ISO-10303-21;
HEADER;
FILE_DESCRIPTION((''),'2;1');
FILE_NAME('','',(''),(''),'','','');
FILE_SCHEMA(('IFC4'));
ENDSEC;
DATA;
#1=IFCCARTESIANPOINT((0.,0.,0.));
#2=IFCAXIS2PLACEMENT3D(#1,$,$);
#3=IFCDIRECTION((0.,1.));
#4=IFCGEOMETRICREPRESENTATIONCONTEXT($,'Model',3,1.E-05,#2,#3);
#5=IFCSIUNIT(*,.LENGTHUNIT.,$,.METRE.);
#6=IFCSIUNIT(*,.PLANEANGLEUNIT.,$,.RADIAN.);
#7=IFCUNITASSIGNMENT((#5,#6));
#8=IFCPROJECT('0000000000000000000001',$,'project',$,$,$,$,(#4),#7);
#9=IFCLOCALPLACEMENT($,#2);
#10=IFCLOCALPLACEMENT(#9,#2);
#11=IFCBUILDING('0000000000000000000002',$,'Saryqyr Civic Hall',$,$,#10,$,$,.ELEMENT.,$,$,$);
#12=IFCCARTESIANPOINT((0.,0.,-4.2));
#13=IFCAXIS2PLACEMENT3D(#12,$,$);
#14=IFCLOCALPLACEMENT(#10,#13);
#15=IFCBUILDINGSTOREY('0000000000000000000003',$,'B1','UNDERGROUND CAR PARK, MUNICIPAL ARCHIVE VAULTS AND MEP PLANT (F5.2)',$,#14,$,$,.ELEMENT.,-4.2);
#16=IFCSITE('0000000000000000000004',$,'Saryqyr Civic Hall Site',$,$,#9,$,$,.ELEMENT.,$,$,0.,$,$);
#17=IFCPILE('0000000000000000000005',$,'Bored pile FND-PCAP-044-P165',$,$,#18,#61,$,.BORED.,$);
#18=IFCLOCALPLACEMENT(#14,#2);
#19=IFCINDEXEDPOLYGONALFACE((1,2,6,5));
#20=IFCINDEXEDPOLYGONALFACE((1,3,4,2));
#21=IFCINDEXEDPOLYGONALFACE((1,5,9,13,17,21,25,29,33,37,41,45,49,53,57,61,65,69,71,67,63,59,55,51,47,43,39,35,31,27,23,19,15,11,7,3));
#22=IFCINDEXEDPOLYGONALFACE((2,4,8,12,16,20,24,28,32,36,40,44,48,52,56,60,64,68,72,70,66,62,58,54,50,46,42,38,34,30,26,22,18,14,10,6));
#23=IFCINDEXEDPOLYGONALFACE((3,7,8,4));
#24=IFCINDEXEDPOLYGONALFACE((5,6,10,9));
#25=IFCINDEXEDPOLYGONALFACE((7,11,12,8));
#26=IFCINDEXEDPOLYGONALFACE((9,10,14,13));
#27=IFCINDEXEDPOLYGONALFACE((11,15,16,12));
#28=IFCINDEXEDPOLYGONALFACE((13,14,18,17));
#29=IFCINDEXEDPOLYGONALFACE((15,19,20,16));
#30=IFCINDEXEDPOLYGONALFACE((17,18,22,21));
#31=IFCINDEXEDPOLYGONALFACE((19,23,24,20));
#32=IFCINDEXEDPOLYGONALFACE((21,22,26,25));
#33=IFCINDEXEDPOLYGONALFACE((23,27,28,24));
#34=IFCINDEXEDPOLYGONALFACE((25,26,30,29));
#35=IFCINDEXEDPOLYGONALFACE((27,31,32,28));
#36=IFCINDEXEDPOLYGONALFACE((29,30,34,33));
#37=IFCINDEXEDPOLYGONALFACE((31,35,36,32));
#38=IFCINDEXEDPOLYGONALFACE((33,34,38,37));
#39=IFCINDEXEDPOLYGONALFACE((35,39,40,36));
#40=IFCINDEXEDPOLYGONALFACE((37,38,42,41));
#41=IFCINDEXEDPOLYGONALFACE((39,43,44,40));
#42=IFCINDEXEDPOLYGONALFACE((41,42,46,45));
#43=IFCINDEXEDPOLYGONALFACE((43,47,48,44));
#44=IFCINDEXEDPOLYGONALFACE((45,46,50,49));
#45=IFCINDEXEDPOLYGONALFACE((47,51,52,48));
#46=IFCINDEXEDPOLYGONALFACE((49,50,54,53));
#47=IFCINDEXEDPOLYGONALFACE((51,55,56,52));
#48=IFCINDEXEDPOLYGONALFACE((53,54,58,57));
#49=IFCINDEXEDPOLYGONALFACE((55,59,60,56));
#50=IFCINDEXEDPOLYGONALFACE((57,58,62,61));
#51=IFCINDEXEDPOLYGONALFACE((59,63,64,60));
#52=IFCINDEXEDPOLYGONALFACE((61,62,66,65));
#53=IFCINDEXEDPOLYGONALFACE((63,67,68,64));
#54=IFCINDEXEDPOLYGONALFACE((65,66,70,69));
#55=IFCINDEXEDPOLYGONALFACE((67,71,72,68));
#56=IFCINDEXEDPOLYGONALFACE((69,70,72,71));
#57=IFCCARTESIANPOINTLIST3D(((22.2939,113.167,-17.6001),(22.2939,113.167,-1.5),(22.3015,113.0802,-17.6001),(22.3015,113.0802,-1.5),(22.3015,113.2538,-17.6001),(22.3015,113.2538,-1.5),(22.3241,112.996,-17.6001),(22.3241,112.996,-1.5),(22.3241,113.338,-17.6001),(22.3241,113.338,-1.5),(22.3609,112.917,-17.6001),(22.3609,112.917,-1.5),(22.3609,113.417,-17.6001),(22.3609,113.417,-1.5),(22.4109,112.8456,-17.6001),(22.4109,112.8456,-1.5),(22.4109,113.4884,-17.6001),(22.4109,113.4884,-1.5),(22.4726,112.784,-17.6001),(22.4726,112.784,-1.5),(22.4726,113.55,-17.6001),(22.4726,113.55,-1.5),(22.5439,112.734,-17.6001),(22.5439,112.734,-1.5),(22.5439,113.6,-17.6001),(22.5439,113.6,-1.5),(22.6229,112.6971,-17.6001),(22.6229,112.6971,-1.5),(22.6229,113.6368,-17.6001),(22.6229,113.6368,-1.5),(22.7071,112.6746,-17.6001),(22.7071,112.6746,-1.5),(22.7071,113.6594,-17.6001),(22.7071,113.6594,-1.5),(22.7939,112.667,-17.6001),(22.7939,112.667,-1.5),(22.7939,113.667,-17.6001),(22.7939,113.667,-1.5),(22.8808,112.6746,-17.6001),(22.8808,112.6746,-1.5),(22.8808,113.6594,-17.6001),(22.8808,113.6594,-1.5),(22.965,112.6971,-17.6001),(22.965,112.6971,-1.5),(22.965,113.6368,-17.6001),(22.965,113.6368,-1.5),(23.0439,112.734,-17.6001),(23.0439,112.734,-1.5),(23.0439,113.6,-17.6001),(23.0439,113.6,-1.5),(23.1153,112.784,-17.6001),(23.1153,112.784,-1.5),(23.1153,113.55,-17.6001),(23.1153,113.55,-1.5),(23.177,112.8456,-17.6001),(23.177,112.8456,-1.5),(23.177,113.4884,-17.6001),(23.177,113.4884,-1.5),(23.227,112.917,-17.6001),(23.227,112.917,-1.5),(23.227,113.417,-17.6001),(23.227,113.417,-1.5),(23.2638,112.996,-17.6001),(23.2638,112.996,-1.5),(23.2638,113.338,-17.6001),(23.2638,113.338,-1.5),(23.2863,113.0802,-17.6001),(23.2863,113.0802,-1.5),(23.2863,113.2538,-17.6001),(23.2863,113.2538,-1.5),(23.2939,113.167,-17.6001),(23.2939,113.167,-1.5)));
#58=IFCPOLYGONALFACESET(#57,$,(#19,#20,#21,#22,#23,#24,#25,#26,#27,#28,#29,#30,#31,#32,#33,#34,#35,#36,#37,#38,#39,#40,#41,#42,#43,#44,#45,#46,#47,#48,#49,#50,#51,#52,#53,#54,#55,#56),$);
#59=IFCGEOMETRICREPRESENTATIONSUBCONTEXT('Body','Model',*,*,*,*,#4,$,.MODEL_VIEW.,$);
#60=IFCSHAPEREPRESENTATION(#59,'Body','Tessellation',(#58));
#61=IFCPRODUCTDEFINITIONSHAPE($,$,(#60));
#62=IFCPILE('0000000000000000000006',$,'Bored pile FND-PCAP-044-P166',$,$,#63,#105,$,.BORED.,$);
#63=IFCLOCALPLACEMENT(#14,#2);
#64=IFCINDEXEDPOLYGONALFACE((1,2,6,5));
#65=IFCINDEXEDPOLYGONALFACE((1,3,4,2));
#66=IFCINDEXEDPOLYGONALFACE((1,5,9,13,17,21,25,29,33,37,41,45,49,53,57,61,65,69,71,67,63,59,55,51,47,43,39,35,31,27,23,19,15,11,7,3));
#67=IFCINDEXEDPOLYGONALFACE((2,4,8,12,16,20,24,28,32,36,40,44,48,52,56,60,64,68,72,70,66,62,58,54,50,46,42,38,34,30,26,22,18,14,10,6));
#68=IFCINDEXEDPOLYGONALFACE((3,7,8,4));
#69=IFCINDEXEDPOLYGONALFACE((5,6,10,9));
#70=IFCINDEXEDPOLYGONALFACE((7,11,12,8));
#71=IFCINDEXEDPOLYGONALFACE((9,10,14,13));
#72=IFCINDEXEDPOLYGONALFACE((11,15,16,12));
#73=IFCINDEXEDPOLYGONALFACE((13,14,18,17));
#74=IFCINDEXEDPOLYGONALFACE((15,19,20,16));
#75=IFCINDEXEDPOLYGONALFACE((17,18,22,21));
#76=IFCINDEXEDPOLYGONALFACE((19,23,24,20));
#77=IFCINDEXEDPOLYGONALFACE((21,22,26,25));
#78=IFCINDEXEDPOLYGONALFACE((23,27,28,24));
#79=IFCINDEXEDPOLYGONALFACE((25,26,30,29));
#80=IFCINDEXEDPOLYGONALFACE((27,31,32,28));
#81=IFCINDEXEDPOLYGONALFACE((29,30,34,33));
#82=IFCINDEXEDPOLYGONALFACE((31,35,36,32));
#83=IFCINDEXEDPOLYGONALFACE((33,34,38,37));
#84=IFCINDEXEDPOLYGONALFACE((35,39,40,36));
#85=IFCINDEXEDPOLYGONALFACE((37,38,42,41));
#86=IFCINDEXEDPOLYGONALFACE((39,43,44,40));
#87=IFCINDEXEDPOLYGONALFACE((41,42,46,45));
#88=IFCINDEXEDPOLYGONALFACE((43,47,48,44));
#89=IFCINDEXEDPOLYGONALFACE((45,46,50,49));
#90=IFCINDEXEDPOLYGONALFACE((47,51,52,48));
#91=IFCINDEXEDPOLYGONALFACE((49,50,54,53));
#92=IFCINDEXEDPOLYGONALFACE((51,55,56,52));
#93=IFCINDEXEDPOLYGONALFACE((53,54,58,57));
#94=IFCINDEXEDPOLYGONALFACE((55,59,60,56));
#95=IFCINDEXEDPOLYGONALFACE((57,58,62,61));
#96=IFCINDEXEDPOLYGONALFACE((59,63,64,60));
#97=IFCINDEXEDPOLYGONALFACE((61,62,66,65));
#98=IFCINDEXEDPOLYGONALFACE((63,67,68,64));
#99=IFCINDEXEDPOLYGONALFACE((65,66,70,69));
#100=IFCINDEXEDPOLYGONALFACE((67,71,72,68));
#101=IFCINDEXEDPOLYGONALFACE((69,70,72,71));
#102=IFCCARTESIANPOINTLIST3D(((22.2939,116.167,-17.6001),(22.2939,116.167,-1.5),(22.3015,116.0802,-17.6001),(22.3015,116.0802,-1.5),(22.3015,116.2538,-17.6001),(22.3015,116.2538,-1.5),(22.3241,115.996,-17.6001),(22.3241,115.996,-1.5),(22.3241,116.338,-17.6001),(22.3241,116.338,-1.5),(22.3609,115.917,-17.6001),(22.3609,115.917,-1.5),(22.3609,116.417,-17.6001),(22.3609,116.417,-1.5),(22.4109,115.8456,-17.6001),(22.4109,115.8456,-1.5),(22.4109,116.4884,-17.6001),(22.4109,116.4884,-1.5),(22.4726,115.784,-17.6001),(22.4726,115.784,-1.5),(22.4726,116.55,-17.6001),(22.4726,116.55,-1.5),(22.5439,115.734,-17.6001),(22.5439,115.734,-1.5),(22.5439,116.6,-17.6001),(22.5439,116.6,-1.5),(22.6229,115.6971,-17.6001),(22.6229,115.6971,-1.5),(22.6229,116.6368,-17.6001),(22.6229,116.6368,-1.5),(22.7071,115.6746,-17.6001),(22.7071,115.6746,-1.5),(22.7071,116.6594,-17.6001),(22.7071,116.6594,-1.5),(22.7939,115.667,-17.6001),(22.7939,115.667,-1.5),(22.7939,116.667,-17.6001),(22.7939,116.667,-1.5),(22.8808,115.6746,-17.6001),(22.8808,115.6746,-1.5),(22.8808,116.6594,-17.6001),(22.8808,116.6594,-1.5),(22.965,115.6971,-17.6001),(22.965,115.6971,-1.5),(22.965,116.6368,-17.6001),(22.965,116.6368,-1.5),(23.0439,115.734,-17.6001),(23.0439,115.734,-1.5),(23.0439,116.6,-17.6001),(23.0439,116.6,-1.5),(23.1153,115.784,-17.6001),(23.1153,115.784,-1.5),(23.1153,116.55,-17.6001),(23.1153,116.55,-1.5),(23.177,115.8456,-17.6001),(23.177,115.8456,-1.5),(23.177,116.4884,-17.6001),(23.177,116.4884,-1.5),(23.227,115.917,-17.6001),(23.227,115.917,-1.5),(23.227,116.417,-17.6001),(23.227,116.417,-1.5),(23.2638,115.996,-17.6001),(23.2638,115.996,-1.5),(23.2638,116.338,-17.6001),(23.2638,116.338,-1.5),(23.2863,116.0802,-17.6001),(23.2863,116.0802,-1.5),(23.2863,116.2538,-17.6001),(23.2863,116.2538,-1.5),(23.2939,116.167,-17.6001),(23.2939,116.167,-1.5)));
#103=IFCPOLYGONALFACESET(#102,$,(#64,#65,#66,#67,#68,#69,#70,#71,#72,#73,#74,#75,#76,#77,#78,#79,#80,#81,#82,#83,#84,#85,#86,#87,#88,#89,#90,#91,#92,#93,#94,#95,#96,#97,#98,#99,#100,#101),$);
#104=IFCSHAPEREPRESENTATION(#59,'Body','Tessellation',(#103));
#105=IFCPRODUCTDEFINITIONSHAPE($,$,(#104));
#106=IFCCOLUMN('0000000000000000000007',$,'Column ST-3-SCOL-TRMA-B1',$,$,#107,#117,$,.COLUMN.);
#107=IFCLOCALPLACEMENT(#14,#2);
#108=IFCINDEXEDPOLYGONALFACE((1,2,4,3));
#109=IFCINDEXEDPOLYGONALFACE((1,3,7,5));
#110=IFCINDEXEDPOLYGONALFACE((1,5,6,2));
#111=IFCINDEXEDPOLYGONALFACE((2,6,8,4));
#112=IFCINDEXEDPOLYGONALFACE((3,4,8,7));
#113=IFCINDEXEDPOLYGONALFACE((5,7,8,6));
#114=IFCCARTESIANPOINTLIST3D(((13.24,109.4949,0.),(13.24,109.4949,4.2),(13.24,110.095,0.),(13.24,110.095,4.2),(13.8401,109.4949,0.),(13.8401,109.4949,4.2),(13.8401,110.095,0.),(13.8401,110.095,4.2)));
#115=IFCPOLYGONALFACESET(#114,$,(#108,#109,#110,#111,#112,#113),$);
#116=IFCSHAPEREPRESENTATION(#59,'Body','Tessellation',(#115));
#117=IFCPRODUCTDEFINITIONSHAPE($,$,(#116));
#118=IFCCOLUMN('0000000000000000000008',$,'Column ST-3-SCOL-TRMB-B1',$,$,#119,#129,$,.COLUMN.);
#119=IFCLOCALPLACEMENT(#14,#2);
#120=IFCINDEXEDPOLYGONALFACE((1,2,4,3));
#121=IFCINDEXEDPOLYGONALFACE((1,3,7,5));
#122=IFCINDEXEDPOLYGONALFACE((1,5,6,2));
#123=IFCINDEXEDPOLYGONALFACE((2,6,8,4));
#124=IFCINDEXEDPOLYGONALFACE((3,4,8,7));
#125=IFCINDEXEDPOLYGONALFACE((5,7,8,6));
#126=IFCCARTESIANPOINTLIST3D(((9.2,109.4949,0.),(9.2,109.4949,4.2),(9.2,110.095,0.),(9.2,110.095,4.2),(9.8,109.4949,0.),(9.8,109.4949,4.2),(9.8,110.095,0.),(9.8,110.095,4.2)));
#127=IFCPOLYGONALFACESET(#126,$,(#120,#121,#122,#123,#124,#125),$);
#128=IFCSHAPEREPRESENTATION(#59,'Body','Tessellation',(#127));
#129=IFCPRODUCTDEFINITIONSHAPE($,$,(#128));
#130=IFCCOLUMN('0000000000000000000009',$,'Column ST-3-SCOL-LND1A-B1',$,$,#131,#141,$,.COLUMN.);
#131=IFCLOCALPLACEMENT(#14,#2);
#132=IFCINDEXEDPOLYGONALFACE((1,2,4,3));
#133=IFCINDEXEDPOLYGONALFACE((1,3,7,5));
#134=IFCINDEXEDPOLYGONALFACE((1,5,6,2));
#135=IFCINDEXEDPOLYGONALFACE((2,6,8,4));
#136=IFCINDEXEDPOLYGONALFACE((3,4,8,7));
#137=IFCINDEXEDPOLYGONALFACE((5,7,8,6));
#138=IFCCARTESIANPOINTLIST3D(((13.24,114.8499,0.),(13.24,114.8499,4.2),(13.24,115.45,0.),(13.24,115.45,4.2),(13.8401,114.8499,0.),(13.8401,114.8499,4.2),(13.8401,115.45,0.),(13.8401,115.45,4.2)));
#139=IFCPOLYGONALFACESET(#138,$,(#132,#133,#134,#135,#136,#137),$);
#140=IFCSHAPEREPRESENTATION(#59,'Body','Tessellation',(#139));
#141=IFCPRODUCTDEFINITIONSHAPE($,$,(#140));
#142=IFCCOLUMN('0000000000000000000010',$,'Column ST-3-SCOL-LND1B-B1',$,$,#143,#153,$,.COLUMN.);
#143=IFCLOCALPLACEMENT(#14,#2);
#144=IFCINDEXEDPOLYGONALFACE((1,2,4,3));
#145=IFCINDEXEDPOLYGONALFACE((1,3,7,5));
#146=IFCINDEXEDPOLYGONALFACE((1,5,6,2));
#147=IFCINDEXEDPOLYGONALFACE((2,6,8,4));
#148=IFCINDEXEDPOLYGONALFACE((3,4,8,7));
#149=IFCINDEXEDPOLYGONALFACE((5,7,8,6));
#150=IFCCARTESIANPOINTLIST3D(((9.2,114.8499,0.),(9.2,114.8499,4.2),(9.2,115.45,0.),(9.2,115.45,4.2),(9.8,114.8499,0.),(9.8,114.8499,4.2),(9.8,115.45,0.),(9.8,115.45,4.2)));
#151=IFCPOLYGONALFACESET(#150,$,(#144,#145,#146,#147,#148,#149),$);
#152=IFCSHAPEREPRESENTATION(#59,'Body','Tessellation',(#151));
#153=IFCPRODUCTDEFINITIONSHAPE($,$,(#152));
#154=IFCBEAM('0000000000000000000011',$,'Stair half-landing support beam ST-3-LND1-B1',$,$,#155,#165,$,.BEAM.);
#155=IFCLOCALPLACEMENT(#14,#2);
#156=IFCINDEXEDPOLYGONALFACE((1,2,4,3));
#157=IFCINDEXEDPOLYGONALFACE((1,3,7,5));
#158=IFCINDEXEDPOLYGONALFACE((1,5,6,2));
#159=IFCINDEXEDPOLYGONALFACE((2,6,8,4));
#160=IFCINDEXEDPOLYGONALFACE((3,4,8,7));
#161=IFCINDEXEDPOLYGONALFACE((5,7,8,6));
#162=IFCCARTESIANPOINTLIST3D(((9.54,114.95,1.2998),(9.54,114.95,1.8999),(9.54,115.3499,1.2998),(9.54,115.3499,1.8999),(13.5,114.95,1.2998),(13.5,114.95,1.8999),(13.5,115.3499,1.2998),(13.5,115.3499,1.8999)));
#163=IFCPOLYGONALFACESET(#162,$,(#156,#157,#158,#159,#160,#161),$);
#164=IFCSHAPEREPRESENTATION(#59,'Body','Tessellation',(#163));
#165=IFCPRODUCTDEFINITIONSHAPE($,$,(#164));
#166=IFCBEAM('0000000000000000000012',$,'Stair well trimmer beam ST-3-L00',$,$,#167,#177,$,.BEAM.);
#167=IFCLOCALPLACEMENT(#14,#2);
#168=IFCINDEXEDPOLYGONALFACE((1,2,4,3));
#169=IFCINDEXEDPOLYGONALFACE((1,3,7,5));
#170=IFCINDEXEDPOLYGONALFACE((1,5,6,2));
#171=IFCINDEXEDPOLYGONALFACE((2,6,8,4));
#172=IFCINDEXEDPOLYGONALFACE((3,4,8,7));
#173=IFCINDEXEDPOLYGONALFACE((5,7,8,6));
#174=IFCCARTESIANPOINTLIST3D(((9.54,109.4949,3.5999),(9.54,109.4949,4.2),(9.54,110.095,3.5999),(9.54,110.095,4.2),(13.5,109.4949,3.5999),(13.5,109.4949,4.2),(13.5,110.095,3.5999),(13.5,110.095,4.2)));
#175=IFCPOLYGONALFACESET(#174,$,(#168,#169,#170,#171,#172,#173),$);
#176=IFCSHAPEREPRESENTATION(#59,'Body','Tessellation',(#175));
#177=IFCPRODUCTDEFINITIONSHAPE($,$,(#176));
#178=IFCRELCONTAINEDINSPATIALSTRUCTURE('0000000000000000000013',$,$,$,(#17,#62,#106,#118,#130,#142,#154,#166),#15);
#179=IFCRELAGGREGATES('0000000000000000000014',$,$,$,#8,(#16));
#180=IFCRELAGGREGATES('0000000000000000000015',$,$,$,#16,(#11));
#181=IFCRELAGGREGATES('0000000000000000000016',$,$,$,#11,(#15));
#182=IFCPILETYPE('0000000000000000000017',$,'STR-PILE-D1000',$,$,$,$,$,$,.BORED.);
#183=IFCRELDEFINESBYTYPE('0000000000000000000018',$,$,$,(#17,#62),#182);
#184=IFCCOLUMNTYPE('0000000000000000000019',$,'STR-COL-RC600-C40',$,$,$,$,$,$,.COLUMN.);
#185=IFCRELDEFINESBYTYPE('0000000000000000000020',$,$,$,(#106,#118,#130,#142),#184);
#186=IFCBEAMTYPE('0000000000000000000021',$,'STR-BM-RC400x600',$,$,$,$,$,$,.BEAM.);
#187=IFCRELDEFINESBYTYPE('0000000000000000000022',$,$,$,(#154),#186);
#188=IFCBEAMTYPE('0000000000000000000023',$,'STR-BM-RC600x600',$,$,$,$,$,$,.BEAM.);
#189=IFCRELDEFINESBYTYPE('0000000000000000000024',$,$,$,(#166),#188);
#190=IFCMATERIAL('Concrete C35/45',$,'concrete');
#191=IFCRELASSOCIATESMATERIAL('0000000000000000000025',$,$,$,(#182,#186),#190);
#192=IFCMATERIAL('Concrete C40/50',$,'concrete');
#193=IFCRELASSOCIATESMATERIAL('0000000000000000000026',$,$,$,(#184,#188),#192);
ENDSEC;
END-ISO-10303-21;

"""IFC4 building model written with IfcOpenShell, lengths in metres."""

from ifc_helpers import new_model, si_unit, direction, frame, origin, origin_2d, place, context, subcontext, project, spatial, rectangle, circle, extrude, material, material_profile, profile_set, type_object, element, save


model = new_model("IFC4")

# Units and contexts
model_context = context("Model", 3, precision=1e-05, world=origin(), true_north=direction((0.0, 1.0)))
body_context = subcontext(model_context, "Body", "Model", "MODEL_VIEW")
ifc_project = project(units=[si_unit("LENGTHUNIT", "METRE"), si_unit("PLANEANGLEUNIT", "RADIAN")], contexts=[model_context])

# Site, building, storey
site_placement = place(None, origin())
site = spatial("IfcSite", under=ifc_project, at=site_placement, Name="Saryqyr Civic Hall Site", CompositionType="ELEMENT", RefElevation=0.0)
building_placement = place(site_placement, origin())
building = spatial("IfcBuilding", under=site, at=building_placement, Name="Saryqyr Civic Hall", CompositionType="ELEMENT")
storey_placement = place(building_placement, frame((0.0, 0.0, -4.2)))
storey = spatial("IfcBuildingStorey", under=building, at=storey_placement, Name="B1", Description="UNDERGROUND CAR PARK, MUNICIPAL ARCHIVE VAULTS AND MEP PLANT (F5.2)", CompositionType="ELEMENT", Elevation=-4.2)

# Piles
ifc_material_1 = material(Name="Concrete C35/45", Category="concrete")
ifc_material_profile_1 = material_profile(ifc_material_1, circle(Radius=0.5, at=origin_2d()), Name="BORED PILE D1000")
ifc_profile_set_1 = profile_set([ifc_material_profile_1], Name="Concrete C35/45")
pile_type = type_object("IfcPileType", Name="STR-PILE-D1000", PredefinedType="BORED", material=ifc_profile_set_1)
for number, where, z_axis, x_axis, name in (
    (1, (22.7939, 113.167, -1.5), (0.0, 0.0, -1.0), (1.0, 0.0, 0.0), "Bored pile FND-PCAP-044-P165"),
    (2, (22.7939, 116.167, -1.5), (0.0, 0.0, -1.0), (1.0, 0.0, 0.0), "Bored pile FND-PCAP-044-P166"),
):
    element("IfcPile", number, at=place(storey_placement, frame(where, z_axis=z_axis, x_axis=x_axis)), inside=storey, type_object=pile_type, Name=name, PredefinedType="BORED", context=body_context, shape_type="SweptSolid", body=[
        extrude(circle(Radius=0.5, at=origin_2d()), origin(), (0.0, 0.0, 1.0), 16.1001),
    ])

# Columns
ifc_material_2 = material(Name="Concrete C40/50", Category="concrete")
ifc_material_profile_2 = material_profile(ifc_material_2, rectangle(XDim=0.6001, YDim=0.6001, at=origin_2d()), Name="RC 600x600")
ifc_profile_set_2 = profile_set([ifc_material_profile_2], Name="Concrete C40/50")
column_type = type_object("IfcColumnType", Name="STR-COL-RC600-C40", PredefinedType="COLUMN", material=ifc_profile_set_2)
for number, where, z_axis, x_axis, name in (
    (3, (13.54, 109.7949, 0.0), (0.0, 0.0, 1.0), (1.0, 0.0, 0.0), "Column ST-3-SCOL-TRMA-B1"),
    (4, (9.5, 109.7949, 0.0), (0.0, 0.0, 1.0), (1.0, 0.0, 0.0), "Column ST-3-SCOL-TRMB-B1"),
    (5, (13.54, 115.1499, 0.0), (0.0, 0.0, 1.0), (1.0, 0.0, 0.0), "Column ST-3-SCOL-LND1A-B1"),
    (6, (9.5, 115.1499, 0.0), (0.0, 0.0, 1.0), (1.0, 0.0, 0.0), "Column ST-3-SCOL-LND1B-B1"),
):
    element("IfcColumn", number, at=place(storey_placement, frame(where, z_axis=z_axis, x_axis=x_axis)), inside=storey, type_object=column_type, Name=name, PredefinedType="COLUMN", context=body_context, shape_type="SweptSolid", body=[
        extrude(rectangle(XDim=0.6001, YDim=0.6001, at=origin_2d()), origin(), (0.0, 0.0, 1.0), 4.2),
    ])

# Beams
ifc_material_profile_3 = material_profile(ifc_material_1, rectangle(XDim=0.3999, YDim=0.6001, at=origin_2d()), Name="RC 400x600")
ifc_profile_set_3 = profile_set([ifc_material_profile_3], Name="Concrete C35/45")
beam_type_1 = type_object("IfcBeamType", Name="STR-BM-RC400x600", PredefinedType="BEAM", material=ifc_profile_set_3)
beam_1_placement = place(storey_placement, frame((13.5, 115.1499, 1.5999), z_axis=(-1.0, 0.0, 0.0), x_axis=(0.0, -1.0, 0.0)))
element("IfcBeam", 7, at=beam_1_placement, inside=storey, type_object=beam_type_1, Name="Stair half-landing support beam ST-3-LND1-B1", PredefinedType="BEAM", context=body_context, shape_type="SweptSolid", body=[
    extrude(rectangle(XDim=0.3999, YDim=0.6001, at=origin_2d()), origin(), (0.0, 0.0, 1.0), 3.96),
])
ifc_material_profile_4 = material_profile(ifc_material_2, rectangle(XDim=0.6001, YDim=0.6001, at=origin_2d()), Name="RC 600x600")
ifc_profile_set_4 = profile_set([ifc_material_profile_4], Name="Concrete C40/50")
beam_type_2 = type_object("IfcBeamType", Name="STR-BM-RC600x600", PredefinedType="BEAM", material=ifc_profile_set_4)
beam_2_placement = place(storey_placement, frame((13.5, 109.7949, 3.8999), z_axis=(-1.0, 0.0, 0.0), x_axis=(0.0, -1.0, 0.0)))
element("IfcBeam", 8, at=beam_2_placement, inside=storey, type_object=beam_type_2, Name="Stair well trimmer beam ST-3-L00", PredefinedType="BEAM", context=body_context, shape_type="SweptSolid", body=[
    extrude(rectangle(XDim=0.6001, YDim=0.6001, at=origin_2d()), origin(), (0.0, 0.0, 1.0), 3.96),
])

save(model, "model.ifc")
